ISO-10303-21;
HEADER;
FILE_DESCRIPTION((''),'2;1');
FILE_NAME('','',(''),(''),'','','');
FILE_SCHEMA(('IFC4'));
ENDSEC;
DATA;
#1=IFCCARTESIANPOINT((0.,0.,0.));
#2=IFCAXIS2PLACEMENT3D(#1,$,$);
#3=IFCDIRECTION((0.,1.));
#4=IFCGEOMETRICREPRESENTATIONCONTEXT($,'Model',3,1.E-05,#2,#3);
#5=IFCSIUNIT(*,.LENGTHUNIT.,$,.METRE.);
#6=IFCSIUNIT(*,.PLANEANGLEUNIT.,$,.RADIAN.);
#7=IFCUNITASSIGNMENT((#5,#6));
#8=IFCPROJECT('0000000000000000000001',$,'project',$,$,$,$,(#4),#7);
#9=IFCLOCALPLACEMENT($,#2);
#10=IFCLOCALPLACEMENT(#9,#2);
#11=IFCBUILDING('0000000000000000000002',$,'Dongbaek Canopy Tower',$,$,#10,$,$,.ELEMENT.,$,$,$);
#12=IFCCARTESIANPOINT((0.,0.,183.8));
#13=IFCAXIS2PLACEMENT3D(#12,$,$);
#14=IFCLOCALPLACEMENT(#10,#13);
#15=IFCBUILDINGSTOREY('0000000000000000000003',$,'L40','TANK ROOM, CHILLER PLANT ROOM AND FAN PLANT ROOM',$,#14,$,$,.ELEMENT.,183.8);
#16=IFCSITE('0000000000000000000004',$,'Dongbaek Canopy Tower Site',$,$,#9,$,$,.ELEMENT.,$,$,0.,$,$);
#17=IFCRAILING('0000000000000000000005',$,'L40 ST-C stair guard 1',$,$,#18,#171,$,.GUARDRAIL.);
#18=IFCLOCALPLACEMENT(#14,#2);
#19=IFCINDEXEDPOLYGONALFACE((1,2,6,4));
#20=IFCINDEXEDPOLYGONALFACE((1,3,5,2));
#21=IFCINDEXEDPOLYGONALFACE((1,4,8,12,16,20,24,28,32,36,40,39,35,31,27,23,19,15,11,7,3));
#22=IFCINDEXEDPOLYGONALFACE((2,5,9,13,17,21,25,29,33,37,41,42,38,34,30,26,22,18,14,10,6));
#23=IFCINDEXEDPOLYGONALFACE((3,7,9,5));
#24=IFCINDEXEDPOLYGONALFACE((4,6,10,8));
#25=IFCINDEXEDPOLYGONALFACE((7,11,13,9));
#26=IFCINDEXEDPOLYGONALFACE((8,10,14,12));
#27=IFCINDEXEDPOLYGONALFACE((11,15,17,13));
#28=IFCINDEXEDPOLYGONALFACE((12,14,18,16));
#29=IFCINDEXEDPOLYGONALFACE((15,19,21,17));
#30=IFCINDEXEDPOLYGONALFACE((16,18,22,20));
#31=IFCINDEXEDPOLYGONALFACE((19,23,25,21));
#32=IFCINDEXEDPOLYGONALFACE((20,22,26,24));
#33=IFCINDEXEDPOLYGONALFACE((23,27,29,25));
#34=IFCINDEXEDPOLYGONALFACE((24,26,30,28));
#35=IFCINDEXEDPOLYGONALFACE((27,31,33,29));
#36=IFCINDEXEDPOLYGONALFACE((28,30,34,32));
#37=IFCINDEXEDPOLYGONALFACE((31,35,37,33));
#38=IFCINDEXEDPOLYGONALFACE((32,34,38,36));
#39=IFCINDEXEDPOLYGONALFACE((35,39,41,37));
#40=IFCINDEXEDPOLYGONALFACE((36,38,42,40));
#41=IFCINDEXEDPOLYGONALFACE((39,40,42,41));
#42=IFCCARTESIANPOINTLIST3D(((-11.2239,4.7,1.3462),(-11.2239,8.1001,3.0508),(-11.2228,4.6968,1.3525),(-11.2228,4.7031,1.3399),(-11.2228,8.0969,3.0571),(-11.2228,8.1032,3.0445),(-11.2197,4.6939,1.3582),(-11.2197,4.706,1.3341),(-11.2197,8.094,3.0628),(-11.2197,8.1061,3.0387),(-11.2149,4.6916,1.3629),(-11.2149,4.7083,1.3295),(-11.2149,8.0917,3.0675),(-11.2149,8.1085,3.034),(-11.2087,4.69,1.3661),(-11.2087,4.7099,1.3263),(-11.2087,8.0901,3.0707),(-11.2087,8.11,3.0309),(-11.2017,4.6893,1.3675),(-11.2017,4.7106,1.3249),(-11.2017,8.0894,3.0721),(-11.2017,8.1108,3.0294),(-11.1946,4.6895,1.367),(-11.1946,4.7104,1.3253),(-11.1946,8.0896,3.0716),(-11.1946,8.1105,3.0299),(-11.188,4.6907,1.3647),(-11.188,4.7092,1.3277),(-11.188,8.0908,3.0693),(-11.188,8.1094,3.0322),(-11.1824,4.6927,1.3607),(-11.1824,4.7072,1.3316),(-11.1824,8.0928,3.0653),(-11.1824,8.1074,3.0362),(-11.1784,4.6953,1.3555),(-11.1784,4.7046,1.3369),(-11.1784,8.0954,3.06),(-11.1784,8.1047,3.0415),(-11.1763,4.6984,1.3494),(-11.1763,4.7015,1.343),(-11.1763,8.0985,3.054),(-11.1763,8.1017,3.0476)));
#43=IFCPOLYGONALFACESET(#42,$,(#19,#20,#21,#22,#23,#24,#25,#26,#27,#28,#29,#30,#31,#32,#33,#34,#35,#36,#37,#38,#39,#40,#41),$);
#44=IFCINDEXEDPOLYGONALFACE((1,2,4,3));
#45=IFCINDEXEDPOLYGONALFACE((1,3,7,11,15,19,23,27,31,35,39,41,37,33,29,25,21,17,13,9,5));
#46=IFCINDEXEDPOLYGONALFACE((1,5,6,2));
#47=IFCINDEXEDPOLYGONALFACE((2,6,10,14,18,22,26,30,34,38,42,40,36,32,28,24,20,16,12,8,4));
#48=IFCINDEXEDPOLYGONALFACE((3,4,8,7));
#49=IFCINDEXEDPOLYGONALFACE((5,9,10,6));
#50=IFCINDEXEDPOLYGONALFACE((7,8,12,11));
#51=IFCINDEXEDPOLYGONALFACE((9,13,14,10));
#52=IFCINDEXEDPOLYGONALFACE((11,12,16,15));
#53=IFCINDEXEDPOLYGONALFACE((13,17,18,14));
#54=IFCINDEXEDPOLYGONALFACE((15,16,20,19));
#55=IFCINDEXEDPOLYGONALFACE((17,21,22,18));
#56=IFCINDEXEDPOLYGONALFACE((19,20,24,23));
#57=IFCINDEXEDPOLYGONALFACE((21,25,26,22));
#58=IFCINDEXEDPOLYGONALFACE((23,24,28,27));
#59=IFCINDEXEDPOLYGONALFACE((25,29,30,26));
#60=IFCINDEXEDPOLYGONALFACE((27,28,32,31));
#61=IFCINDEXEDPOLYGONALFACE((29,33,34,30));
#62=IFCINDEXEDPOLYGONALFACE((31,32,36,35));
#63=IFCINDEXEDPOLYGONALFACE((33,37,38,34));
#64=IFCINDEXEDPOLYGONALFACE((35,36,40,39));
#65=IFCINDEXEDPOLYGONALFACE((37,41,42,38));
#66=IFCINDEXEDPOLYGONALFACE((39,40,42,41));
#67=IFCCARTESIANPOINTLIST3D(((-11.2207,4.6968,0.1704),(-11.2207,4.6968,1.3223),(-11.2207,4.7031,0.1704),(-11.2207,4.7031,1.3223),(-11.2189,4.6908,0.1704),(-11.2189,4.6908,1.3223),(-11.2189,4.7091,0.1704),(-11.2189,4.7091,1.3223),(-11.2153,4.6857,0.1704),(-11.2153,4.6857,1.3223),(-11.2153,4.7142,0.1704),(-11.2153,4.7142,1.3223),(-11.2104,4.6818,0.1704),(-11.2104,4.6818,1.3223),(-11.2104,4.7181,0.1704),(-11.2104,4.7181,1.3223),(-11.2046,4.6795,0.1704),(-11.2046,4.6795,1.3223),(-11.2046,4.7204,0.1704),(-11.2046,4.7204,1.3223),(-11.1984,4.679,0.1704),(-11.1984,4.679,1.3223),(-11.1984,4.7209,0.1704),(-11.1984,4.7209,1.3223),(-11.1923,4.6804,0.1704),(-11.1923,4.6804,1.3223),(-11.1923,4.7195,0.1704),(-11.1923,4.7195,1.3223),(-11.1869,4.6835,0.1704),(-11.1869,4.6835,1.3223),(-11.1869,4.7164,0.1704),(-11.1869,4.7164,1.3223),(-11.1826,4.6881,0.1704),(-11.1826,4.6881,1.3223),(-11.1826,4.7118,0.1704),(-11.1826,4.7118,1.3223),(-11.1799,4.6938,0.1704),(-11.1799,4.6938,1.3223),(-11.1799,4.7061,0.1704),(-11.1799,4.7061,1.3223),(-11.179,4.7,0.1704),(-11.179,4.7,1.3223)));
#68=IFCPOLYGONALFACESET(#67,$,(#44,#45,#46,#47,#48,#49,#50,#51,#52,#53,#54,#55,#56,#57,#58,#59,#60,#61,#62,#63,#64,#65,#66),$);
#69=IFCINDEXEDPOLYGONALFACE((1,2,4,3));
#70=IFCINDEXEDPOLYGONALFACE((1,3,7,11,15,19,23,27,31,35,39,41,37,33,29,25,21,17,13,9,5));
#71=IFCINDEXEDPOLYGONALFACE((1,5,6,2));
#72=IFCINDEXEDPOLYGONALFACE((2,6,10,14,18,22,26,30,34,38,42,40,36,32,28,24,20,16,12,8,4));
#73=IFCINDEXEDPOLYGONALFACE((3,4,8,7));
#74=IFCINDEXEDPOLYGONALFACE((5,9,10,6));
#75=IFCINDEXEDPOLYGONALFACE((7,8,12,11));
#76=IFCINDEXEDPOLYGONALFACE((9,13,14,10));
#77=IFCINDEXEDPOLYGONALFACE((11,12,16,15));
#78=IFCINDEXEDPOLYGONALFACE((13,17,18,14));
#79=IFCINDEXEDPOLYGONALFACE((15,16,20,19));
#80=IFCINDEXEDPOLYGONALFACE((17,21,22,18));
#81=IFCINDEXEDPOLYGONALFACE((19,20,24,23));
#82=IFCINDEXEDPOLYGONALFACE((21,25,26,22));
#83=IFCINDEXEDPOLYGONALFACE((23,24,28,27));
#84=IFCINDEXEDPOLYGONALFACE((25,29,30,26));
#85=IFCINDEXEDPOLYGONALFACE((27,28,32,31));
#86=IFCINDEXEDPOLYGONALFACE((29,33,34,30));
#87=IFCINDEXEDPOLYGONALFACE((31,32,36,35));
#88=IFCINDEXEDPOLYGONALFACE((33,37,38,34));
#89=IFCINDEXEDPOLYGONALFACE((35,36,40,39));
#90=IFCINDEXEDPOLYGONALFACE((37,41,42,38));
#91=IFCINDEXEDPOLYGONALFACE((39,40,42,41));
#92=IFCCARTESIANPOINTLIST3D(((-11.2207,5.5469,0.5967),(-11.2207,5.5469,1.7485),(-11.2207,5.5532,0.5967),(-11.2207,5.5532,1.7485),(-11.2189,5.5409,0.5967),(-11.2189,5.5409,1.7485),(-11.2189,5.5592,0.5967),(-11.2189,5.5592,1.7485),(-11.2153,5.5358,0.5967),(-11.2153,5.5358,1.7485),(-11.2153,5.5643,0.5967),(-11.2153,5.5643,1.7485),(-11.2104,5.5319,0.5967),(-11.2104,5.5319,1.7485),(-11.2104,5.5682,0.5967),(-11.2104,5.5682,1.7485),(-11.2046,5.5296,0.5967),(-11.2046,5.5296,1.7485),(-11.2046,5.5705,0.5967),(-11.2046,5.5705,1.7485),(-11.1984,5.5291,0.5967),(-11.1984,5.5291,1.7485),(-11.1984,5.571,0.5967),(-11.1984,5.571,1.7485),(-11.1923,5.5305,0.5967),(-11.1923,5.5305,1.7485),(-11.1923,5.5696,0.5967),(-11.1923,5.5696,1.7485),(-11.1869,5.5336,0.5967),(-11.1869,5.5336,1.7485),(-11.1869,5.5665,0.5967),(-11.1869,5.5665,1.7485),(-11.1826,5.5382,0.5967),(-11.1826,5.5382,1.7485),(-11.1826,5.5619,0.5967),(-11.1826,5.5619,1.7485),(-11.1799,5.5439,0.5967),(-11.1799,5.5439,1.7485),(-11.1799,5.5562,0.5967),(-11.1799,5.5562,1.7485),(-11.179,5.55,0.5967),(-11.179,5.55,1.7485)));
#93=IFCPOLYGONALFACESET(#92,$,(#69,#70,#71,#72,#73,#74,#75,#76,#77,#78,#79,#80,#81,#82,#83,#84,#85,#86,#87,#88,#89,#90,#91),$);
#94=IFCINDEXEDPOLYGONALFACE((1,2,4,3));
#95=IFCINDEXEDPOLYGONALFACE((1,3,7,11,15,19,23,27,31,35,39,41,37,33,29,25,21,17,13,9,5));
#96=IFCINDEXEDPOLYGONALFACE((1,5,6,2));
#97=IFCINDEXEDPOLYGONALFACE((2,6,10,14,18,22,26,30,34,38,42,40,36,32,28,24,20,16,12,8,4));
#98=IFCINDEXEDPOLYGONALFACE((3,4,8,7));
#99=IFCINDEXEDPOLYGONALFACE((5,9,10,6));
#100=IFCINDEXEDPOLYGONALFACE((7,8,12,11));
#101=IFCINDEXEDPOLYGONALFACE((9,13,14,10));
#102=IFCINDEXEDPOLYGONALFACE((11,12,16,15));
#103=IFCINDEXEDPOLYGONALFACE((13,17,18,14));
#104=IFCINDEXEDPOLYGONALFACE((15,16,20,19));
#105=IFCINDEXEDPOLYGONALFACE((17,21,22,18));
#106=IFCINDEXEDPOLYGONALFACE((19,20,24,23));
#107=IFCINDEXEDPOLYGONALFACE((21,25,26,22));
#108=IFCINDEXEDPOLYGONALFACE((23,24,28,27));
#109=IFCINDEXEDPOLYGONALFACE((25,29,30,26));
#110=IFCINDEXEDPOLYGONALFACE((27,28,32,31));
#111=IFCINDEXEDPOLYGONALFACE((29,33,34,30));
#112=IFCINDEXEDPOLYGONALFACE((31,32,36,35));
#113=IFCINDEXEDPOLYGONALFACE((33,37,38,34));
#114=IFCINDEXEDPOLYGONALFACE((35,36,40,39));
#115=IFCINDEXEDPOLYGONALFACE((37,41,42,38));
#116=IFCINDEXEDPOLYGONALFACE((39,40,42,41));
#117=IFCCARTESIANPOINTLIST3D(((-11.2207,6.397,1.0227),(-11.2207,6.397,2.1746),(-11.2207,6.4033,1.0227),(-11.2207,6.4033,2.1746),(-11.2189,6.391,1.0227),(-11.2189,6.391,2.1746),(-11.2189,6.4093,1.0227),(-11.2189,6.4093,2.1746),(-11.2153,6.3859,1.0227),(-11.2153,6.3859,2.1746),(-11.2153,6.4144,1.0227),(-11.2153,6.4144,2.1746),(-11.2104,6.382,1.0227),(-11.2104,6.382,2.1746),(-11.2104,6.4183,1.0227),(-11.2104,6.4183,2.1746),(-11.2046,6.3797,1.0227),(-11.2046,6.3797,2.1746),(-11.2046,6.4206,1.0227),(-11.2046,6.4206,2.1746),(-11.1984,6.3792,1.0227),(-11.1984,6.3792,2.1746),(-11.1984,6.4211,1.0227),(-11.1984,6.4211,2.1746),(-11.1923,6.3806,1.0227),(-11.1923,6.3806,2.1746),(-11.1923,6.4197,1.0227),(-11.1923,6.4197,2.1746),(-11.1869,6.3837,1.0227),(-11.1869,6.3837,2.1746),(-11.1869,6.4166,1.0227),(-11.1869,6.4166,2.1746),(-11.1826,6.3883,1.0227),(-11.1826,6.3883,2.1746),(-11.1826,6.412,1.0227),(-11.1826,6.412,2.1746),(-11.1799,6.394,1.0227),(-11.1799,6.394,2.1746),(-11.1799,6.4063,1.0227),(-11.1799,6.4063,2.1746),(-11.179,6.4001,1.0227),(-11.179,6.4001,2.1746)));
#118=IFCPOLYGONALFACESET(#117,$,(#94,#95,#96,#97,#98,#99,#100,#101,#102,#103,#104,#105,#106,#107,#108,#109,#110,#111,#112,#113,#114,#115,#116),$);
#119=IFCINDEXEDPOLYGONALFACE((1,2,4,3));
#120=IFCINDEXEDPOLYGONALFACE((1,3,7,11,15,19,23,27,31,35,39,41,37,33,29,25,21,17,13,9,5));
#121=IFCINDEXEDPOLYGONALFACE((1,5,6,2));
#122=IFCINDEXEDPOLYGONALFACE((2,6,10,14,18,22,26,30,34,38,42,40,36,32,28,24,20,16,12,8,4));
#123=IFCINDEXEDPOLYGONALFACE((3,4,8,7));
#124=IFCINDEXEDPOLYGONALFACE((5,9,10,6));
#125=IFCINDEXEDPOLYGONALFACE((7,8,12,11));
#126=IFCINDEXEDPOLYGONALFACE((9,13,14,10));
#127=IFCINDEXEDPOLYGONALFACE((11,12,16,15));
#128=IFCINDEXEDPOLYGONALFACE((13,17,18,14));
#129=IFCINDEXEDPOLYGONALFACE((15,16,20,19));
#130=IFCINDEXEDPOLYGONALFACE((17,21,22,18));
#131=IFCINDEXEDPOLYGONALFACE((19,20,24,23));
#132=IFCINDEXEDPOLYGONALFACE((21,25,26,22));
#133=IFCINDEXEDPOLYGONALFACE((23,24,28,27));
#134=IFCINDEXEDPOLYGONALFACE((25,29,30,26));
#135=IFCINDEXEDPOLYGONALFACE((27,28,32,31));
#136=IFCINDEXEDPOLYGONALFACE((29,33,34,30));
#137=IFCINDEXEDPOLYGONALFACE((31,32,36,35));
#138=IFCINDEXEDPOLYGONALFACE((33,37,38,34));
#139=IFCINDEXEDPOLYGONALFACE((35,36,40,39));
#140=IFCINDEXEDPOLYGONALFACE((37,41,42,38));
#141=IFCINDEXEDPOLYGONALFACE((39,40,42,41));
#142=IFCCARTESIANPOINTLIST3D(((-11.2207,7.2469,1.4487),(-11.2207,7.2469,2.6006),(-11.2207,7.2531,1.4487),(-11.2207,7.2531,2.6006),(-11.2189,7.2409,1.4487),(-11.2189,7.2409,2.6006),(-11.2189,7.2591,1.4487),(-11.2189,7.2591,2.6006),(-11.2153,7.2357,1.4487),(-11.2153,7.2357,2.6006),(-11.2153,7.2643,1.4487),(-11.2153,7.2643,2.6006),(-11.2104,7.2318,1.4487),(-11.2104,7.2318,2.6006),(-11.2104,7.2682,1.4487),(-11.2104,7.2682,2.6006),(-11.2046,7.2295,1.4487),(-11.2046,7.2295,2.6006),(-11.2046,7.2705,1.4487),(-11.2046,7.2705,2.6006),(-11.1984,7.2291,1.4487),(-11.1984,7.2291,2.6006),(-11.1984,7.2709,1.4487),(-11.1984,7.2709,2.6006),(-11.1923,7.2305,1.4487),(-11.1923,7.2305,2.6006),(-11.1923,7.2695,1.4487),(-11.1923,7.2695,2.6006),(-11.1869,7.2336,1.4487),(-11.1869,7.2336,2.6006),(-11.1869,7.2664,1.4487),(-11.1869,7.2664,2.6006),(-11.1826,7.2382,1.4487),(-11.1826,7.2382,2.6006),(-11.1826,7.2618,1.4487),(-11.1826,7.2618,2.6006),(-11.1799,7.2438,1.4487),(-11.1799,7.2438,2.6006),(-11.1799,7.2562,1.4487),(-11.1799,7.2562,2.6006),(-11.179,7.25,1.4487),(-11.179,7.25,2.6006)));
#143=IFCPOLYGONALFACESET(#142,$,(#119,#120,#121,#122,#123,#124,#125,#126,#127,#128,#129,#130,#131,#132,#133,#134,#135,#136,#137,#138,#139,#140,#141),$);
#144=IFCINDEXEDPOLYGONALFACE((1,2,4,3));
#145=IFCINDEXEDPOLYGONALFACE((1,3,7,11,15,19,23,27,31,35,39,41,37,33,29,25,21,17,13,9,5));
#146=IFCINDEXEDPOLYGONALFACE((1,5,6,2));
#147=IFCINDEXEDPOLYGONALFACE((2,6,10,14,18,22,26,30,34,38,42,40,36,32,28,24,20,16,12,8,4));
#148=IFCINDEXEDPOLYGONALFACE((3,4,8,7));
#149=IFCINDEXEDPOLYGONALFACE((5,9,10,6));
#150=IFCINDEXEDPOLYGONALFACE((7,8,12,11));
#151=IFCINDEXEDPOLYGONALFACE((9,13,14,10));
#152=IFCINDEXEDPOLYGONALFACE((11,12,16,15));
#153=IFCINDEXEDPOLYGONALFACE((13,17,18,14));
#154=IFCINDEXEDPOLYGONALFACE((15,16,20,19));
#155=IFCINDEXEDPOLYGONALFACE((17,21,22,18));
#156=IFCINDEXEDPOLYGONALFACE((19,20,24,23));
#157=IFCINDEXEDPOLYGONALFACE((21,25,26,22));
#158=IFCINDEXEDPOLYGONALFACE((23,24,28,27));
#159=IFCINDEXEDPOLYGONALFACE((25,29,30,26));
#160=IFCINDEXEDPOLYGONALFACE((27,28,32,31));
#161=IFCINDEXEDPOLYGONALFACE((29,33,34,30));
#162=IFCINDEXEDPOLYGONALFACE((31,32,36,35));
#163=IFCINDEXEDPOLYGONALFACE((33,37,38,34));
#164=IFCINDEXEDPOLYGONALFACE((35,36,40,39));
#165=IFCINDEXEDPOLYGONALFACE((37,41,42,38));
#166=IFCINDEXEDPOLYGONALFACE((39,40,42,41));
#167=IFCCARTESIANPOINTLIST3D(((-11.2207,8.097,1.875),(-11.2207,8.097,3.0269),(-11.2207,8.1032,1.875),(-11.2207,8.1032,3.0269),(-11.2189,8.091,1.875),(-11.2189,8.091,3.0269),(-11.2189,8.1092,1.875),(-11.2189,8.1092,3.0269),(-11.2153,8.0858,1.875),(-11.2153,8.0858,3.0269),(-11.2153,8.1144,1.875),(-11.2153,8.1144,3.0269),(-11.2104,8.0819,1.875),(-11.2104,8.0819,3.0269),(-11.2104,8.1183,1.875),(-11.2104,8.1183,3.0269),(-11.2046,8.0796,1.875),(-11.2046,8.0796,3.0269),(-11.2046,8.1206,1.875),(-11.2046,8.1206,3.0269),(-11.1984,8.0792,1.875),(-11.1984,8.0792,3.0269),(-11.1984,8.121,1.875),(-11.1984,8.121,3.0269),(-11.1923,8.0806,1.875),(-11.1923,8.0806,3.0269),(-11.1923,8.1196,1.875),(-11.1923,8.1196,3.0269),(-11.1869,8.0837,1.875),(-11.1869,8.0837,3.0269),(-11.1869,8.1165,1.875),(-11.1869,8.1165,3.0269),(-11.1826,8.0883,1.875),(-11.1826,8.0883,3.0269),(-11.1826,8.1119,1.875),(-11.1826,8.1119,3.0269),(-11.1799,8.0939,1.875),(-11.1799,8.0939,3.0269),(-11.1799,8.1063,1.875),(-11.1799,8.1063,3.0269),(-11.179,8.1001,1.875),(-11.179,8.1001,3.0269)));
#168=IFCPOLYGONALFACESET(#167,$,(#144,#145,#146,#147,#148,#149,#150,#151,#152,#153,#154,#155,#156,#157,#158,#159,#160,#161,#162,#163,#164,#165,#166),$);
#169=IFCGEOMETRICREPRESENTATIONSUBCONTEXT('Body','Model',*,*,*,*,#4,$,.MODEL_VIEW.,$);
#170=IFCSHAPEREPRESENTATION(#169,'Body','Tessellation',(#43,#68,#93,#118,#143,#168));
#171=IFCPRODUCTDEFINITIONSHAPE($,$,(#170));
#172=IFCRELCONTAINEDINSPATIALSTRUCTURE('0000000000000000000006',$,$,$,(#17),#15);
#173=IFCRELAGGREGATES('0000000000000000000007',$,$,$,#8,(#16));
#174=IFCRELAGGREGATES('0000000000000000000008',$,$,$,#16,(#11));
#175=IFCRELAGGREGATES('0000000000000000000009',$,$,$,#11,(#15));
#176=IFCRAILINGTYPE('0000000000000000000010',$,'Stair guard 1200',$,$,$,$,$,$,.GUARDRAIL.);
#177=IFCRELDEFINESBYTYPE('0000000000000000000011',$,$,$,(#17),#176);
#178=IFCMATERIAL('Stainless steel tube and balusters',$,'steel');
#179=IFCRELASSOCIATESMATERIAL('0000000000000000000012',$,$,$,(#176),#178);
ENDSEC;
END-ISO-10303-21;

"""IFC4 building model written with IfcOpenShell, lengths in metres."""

from ifc_helpers import new_model, si_unit, direction, frame, origin, origin_2d, place, context, subcontext, project, spatial, circle, extrude, material, type_object, element, save


model = new_model("IFC4")

# Units and contexts
model_context = context("Model", 3, precision=1e-05, world=origin(), true_north=direction((0.0, 1.0)))
body_context = subcontext(model_context, "Body", "Model", "MODEL_VIEW")
ifc_project = project(units=[si_unit("LENGTHUNIT", "METRE"), si_unit("PLANEANGLEUNIT", "RADIAN")], contexts=[model_context])

# Site, building, storey
site_placement = place(None, origin())
site = spatial("IfcSite", under=ifc_project, at=site_placement, Name="Dongbaek Canopy Tower Site", CompositionType="ELEMENT", RefElevation=0.0)
building_placement = place(site_placement, origin())
building = spatial("IfcBuilding", under=site, at=building_placement, Name="Dongbaek Canopy Tower", CompositionType="ELEMENT")
storey_placement = place(building_placement, frame((0.0, 0.0, 183.8)))
storey = spatial("IfcBuildingStorey", under=building, at=storey_placement, Name="L40", Description="TANK ROOM, CHILLER PLANT ROOM AND FAN PLANT ROOM", CompositionType="ELEMENT", Elevation=183.8)

# Railing
ifc_material_1 = material(Name="Stainless steel tube and balusters", Category="steel")
railing_type_1 = type_object("IfcRailingType", Name="Stair guard 1200", PredefinedType="GUARDRAIL", material=ifc_material_1)
railing_1_placement = place(storey_placement, frame((-11.2, 4.7, 0.1704)))
element("IfcRailing", 1, at=railing_1_placement, inside=storey, type_object=railing_type_1, Name="L40 ST-C stair guard 1", PredefinedType="GUARDRAIL", context=body_context, shape_type="SweptSolid", body=[
    extrude(circle(Radius=0.0239, at=origin_2d()), frame((0.0, 0.0, 1.1758), z_axis=(0.0, 0.893952, 0.448163), x_axis=(-1.0, 0.0, 0.0)), (0.0, 0.0, 1.0), 3.8035),
    extrude(circle(Radius=0.021, at=origin_2d()), origin(), (0.0, 0.0, 1.0), 1.1519),
    extrude(circle(Radius=0.021, at=origin_2d()), frame((0.0, 0.8501, 0.4263)), (0.0, 0.0, 1.0), 1.1519),
    extrude(circle(Radius=0.021, at=origin_2d()), frame((0.0, 1.7002, 0.8523)), (0.0, 0.0, 1.0), 1.1519),
    extrude(circle(Radius=0.021, at=origin_2d()), frame((0.0, 2.55, 1.2783)), (0.0, 0.0, 1.0), 1.1519),
    extrude(circle(Radius=0.021, at=origin_2d()), frame((0.0, 3.4001, 1.7046)), (0.0, 0.0, 1.0), 1.1519),
])

save(model, "model.ifc")
